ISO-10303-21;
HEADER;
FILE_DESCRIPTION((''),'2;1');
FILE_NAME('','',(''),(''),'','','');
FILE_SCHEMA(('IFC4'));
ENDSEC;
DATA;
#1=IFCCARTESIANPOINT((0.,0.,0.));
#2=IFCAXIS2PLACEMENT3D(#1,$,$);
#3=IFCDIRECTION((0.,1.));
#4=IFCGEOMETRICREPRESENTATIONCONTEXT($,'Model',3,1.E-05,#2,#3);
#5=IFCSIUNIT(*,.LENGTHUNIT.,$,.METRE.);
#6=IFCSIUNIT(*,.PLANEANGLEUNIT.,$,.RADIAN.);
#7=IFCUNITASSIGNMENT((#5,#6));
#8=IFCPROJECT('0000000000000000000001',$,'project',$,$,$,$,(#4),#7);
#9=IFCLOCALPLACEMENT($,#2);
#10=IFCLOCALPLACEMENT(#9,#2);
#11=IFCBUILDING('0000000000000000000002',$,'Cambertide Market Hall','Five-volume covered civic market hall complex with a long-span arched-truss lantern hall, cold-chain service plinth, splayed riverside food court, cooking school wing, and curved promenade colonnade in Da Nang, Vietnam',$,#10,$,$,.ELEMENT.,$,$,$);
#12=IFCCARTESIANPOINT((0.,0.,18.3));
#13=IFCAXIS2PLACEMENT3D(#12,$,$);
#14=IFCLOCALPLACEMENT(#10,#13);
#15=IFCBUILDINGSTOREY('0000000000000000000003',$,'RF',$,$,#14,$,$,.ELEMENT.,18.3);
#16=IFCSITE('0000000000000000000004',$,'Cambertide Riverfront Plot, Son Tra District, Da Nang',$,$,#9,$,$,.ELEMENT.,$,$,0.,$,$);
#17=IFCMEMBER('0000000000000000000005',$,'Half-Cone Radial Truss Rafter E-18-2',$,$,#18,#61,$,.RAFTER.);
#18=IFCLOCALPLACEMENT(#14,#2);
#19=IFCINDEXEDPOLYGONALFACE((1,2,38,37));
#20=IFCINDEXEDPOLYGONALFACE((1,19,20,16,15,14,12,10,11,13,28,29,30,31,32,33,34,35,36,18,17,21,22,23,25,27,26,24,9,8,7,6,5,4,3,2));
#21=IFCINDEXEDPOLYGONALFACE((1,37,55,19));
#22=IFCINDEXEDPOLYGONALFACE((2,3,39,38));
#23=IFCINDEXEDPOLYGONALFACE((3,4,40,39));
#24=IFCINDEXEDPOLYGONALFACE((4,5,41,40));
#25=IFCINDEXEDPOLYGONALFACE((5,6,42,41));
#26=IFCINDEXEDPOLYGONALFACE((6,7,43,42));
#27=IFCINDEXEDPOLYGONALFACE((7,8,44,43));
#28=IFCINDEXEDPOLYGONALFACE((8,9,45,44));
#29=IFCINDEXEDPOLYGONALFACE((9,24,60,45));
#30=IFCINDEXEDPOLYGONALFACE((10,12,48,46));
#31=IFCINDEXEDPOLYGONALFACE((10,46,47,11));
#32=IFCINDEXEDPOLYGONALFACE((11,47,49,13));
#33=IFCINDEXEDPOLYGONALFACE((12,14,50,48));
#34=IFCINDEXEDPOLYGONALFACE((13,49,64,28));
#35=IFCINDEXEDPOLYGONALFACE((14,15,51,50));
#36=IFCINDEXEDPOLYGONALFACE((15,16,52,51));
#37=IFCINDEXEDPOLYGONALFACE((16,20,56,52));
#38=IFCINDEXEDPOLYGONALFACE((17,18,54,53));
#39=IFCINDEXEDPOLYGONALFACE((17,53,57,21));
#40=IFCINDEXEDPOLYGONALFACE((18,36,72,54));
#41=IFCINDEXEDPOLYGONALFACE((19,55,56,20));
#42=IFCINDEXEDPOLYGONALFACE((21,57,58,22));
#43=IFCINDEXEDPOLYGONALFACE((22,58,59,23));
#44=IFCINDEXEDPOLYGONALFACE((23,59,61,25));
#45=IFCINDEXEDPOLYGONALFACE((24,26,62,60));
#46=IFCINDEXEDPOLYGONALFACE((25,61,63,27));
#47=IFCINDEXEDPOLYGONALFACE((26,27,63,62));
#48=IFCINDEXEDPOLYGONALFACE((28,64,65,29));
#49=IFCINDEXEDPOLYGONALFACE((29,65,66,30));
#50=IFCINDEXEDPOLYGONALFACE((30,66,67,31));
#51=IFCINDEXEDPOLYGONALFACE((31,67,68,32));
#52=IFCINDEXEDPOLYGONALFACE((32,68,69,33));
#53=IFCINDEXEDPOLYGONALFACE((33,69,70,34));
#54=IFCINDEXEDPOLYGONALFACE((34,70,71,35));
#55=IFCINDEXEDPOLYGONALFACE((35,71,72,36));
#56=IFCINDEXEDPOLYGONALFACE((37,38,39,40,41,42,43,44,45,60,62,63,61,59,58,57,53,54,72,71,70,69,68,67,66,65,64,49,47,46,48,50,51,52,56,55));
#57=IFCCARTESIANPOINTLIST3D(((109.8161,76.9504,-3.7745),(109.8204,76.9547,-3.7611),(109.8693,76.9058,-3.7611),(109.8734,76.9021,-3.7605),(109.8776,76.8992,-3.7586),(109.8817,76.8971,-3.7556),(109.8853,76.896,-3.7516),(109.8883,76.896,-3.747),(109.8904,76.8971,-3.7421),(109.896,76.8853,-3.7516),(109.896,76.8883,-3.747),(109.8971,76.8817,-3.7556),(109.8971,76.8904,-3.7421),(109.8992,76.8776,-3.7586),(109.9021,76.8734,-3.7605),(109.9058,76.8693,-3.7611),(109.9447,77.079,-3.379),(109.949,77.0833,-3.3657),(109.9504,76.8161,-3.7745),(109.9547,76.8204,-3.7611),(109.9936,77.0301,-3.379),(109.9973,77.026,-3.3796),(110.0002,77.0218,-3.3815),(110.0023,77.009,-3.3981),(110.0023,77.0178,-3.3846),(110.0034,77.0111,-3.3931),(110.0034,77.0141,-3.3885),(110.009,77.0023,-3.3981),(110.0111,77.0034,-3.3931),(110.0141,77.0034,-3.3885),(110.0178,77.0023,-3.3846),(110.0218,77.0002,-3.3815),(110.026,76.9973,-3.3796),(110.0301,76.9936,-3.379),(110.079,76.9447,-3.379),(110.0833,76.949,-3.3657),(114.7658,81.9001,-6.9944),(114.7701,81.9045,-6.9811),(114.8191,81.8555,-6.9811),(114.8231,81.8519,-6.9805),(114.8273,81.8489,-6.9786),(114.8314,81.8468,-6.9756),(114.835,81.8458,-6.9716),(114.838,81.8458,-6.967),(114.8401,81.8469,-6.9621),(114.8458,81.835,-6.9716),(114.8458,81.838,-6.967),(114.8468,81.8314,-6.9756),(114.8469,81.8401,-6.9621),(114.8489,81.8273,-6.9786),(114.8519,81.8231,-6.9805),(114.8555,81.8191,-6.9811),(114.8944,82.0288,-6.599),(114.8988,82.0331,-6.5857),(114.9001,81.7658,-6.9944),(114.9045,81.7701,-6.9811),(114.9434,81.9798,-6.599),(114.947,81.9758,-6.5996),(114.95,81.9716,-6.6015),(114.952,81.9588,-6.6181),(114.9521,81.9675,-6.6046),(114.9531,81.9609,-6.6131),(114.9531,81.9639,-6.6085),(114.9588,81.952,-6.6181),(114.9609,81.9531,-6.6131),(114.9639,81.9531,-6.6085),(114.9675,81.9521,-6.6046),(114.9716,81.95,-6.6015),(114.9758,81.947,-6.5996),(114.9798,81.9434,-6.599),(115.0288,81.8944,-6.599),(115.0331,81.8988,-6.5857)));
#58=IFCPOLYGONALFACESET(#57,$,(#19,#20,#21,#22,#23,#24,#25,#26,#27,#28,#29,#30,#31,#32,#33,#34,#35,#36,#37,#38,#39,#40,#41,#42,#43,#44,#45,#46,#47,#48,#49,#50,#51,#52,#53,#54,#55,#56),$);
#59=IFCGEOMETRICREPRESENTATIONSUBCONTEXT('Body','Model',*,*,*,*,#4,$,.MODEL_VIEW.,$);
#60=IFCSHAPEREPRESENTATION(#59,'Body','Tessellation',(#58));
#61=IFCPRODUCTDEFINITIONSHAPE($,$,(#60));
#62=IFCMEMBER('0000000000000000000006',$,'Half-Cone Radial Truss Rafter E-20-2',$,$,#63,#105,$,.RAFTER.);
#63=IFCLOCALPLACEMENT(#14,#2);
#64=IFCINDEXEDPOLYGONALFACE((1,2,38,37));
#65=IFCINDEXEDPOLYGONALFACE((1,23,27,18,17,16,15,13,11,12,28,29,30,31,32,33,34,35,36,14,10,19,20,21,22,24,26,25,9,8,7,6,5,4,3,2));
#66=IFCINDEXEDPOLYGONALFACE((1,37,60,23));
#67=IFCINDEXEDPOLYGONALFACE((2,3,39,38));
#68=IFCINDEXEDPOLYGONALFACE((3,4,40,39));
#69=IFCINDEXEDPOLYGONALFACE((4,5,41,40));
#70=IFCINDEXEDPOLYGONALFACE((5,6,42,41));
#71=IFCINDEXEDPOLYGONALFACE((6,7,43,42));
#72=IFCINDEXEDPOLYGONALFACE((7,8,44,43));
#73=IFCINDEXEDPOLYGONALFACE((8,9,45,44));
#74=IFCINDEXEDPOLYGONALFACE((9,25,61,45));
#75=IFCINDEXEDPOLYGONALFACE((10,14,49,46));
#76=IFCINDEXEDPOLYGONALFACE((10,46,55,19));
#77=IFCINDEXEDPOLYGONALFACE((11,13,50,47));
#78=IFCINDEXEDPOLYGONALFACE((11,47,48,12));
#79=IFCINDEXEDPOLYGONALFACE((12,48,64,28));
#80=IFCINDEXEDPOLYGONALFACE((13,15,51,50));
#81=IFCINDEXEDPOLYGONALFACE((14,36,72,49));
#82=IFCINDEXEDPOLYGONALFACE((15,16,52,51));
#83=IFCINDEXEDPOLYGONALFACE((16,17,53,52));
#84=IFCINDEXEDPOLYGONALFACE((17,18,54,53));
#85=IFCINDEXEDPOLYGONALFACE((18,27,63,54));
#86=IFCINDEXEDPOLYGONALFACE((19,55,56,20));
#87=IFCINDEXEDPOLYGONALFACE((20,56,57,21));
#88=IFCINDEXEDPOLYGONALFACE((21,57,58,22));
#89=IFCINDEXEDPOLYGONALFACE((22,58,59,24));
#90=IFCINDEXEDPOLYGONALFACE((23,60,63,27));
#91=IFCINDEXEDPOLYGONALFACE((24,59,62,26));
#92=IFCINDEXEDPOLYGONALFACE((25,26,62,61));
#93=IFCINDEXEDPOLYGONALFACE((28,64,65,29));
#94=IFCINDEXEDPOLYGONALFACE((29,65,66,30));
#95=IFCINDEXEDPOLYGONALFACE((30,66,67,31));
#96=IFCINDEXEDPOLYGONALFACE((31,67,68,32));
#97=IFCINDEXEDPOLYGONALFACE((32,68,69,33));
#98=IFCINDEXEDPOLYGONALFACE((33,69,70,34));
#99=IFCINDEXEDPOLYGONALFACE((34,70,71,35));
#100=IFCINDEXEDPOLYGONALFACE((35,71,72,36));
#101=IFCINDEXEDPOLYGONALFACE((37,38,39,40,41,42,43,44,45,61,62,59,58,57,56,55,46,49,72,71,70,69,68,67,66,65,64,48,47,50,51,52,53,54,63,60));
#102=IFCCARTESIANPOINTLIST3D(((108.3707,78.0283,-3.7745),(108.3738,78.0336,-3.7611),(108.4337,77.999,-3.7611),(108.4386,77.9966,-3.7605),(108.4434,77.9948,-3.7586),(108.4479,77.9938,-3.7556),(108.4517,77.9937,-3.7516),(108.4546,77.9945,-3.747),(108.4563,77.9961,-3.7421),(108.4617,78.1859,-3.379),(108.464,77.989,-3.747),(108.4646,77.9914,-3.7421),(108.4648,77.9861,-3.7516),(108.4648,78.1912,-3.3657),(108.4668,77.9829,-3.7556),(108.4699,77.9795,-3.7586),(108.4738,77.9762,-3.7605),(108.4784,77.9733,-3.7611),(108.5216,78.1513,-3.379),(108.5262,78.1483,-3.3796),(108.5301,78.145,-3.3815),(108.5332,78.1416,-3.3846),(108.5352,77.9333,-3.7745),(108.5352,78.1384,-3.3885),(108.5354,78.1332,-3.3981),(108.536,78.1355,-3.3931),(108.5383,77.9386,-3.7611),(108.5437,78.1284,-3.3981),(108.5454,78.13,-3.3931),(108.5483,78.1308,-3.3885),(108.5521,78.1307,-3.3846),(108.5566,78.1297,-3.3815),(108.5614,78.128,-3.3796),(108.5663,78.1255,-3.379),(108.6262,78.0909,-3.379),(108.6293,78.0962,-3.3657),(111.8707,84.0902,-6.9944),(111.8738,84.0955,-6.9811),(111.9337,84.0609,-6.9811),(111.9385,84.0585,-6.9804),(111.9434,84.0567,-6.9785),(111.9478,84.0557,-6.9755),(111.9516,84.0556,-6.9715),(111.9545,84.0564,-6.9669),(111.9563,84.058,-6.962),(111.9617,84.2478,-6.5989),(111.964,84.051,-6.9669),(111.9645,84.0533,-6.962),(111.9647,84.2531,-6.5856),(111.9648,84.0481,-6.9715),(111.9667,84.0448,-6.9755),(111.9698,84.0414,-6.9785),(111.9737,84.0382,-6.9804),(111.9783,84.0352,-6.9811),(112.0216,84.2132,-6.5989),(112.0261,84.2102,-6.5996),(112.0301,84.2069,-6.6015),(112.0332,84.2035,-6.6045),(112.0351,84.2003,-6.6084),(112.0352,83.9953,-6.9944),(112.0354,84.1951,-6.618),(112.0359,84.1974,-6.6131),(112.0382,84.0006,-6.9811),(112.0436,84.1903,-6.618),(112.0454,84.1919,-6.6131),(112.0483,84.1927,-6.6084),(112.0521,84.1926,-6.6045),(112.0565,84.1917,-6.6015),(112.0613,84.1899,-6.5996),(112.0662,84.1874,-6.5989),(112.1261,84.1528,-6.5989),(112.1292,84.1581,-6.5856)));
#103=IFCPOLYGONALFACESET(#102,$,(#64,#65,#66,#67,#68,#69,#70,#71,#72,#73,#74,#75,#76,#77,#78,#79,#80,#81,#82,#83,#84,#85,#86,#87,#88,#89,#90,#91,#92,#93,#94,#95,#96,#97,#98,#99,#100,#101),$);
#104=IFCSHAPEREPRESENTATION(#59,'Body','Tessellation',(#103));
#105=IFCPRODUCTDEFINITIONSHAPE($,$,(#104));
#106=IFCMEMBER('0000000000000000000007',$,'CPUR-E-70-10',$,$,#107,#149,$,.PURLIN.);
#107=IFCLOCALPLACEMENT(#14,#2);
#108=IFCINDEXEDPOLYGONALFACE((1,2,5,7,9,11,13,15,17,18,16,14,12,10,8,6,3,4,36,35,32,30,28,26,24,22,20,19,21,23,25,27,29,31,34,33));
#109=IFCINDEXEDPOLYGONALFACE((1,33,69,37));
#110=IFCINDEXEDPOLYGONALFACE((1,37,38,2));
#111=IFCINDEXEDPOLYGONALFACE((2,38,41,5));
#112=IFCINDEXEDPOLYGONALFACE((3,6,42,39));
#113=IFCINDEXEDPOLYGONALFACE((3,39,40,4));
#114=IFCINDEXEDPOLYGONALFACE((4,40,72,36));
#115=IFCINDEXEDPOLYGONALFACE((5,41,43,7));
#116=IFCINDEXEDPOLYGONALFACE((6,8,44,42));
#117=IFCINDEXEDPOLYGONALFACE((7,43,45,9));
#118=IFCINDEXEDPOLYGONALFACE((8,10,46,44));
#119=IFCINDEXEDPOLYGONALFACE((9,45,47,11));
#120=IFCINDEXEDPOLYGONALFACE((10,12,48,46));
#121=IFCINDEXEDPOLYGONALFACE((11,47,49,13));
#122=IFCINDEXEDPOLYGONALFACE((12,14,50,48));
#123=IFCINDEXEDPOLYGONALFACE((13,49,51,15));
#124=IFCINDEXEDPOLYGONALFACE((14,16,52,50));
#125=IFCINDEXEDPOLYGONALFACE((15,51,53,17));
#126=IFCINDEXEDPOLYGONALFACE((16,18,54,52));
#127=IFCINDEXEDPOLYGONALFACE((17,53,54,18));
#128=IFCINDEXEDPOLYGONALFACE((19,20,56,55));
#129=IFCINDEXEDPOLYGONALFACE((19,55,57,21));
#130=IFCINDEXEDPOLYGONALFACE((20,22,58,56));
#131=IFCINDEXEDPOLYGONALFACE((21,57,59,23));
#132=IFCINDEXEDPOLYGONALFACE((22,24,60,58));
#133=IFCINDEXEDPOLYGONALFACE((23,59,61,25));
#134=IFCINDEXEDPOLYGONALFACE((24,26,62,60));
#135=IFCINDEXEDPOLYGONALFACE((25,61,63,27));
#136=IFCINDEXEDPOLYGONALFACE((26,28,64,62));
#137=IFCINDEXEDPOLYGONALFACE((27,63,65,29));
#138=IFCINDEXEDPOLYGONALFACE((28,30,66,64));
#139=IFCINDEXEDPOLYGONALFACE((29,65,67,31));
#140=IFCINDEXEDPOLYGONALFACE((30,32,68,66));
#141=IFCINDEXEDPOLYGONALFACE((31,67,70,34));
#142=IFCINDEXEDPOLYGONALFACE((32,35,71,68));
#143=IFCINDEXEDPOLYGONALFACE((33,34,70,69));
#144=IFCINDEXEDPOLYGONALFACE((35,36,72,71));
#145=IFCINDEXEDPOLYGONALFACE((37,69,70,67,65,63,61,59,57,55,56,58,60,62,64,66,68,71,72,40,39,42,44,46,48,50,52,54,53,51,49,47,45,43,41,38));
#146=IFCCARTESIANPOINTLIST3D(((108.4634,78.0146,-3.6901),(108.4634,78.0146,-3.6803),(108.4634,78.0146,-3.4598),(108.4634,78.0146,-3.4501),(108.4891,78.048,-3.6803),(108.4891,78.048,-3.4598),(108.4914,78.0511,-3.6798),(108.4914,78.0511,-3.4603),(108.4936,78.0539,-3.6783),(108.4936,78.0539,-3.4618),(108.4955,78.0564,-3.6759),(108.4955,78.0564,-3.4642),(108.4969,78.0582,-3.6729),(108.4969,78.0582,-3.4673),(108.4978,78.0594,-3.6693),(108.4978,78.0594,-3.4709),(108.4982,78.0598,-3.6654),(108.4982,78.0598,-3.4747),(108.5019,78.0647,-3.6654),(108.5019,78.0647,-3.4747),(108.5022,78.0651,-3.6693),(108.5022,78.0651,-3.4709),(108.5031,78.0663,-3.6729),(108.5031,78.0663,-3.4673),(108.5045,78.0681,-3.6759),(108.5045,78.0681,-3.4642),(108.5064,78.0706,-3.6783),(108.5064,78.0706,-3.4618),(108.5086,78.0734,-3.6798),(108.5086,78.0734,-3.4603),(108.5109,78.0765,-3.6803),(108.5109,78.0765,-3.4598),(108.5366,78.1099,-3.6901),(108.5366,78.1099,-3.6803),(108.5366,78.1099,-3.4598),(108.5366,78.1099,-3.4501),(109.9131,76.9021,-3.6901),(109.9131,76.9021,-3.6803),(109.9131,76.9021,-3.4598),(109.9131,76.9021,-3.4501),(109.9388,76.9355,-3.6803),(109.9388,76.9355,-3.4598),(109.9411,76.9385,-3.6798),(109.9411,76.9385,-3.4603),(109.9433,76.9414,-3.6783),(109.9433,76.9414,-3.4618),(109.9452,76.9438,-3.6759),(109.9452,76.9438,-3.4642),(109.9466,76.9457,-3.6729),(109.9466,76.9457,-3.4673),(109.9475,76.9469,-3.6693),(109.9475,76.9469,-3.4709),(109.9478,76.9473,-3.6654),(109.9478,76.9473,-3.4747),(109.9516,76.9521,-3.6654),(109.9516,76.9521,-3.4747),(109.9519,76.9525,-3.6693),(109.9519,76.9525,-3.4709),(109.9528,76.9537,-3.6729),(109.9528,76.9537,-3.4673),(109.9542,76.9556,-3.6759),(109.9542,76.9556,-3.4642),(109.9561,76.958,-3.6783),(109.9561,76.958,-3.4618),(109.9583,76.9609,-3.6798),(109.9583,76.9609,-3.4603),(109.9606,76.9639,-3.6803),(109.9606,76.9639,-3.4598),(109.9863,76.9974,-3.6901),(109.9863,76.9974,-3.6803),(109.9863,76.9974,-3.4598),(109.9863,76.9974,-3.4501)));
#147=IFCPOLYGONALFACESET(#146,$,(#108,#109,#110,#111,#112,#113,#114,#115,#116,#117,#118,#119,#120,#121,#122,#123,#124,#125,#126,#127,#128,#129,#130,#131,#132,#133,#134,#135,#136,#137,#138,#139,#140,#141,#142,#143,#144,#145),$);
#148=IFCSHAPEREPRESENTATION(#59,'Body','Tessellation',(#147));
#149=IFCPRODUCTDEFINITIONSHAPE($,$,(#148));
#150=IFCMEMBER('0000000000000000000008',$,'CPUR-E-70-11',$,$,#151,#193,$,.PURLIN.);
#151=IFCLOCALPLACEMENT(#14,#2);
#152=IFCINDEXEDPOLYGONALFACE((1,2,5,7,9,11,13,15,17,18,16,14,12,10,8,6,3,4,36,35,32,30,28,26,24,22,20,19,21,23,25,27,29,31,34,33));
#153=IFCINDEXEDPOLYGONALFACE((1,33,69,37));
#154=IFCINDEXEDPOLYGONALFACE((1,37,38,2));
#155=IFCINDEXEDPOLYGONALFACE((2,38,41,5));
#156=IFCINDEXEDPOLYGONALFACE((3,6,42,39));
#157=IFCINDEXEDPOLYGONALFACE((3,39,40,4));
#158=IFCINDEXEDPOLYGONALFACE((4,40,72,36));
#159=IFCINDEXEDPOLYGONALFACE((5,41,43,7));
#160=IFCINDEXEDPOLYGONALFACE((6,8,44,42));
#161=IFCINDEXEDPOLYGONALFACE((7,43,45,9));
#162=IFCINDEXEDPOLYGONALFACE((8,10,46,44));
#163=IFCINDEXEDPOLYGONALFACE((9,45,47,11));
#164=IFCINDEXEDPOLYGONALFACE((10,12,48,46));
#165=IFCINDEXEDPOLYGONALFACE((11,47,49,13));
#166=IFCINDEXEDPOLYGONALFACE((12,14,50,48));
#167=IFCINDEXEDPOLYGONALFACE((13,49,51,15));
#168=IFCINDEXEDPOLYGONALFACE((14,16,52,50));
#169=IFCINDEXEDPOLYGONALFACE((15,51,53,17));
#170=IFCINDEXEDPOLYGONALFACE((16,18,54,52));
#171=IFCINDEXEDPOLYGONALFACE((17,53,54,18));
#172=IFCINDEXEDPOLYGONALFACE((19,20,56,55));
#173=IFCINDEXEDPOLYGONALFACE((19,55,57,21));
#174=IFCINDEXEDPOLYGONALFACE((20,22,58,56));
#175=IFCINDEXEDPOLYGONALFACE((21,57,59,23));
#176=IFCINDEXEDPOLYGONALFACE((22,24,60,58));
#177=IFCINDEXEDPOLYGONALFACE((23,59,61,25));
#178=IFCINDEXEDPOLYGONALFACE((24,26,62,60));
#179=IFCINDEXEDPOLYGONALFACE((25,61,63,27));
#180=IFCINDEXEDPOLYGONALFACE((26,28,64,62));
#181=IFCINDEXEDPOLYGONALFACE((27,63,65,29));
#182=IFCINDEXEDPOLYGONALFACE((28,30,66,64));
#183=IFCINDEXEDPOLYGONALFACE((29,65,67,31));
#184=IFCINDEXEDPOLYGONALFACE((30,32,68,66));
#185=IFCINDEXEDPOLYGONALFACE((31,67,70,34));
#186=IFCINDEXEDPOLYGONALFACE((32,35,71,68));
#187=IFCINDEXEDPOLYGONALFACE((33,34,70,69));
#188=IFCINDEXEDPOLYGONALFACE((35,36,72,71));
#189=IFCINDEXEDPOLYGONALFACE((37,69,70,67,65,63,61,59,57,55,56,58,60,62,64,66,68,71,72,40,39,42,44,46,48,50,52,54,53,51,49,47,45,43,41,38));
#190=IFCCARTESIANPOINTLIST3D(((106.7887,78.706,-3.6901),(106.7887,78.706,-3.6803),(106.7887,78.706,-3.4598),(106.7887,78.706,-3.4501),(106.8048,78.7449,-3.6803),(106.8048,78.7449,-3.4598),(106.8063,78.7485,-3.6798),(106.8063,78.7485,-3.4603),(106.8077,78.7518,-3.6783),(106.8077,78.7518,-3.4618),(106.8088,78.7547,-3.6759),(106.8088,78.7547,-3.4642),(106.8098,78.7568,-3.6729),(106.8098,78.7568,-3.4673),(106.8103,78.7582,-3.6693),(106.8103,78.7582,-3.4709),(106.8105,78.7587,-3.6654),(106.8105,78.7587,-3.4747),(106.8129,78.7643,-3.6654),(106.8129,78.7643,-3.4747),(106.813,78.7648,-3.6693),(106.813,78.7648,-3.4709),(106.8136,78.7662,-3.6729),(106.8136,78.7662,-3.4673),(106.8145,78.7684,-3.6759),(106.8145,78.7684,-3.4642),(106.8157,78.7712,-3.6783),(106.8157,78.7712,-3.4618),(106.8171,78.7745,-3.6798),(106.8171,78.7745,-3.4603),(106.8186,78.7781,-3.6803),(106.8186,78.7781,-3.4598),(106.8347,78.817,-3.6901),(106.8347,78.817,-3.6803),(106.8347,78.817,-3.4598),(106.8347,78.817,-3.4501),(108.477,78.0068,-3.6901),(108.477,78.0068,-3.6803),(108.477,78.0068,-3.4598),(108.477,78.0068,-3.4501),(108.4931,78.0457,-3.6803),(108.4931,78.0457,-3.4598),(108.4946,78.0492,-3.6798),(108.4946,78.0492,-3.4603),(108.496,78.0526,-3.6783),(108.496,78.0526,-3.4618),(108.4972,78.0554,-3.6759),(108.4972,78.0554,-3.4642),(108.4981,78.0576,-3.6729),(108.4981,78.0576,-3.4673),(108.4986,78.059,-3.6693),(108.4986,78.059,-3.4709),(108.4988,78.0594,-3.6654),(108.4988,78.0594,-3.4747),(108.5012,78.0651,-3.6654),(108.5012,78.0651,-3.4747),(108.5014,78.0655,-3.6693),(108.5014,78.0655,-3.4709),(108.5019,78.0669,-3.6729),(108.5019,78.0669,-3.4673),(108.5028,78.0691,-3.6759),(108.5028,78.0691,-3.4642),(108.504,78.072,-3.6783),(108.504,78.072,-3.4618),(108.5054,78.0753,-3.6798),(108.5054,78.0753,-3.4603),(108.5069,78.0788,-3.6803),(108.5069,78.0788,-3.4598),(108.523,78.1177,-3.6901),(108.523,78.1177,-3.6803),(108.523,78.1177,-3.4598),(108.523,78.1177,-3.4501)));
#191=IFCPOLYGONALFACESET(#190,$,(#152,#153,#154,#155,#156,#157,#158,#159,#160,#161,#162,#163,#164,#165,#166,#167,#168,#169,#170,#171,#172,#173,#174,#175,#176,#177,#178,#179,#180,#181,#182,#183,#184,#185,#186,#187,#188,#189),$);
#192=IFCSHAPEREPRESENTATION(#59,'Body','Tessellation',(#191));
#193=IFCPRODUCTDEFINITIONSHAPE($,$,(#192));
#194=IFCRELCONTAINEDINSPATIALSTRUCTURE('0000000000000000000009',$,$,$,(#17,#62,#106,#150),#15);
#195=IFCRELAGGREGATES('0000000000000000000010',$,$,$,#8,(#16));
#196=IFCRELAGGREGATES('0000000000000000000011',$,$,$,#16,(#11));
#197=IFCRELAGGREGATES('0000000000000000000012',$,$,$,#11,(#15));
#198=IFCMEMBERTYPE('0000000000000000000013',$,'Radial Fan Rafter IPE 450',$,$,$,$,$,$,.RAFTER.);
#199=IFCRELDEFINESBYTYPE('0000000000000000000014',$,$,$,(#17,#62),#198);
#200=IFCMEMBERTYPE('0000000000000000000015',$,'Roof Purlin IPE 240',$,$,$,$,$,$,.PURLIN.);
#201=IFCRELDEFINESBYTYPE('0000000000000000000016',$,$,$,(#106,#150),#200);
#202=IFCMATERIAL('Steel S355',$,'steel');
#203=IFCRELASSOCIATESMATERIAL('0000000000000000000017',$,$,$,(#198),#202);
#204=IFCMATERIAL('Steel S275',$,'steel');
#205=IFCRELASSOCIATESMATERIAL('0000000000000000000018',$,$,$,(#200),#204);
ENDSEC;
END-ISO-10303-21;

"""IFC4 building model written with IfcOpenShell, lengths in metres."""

from ifc_helpers import new_model, si_unit, direction, frame, origin, origin_2d, place, context, subcontext, project, spatial, i_section, extrude, material, material_profile, profile_set, type_object, element, save


model = new_model("IFC4")

# Units and contexts
model_context = context("Model", 3, precision=1e-05, world=origin(), true_north=direction((0.0, 1.0)))
body_context = subcontext(model_context, "Body", "Model", "MODEL_VIEW")
ifc_project = project(units=[si_unit("LENGTHUNIT", "METRE"), si_unit("PLANEANGLEUNIT", "RADIAN")], contexts=[model_context])

# Site, building, storey
site_placement = place(None, origin())
site = spatial("IfcSite", under=ifc_project, at=site_placement, Name="Cambertide Riverfront Plot, Son Tra District, Da Nang", CompositionType="ELEMENT", RefElevation=0.0)
building_placement = place(site_placement, origin())
building = spatial("IfcBuilding", under=site, at=building_placement, Name="Cambertide Market Hall", Description="Five-volume covered civic market hall complex with a long-span arched-truss lantern hall, cold-chain service plinth, splayed riverside food court, cooking school wing, and curved promenade colonnade in Da Nang, Vietnam", CompositionType="ELEMENT")
storey_placement = place(building_placement, frame((0.0, 0.0, 18.3)))
storey = spatial("IfcBuildingStorey", under=building, at=storey_placement, Name="RF", CompositionType="ELEMENT", Elevation=18.3)

# Members
ifc_material_1 = material(Name="Steel S355", Category="steel")
ifc_material_profile_1 = material_profile(ifc_material_1, i_section(OverallWidth=0.1899, OverallDepth=0.45, WebThickness=0.0095, FlangeThickness=0.0146, FilletRadius=0.021, at=origin_2d()), Name="IPE 450")
ifc_profile_set_1 = profile_set([ifc_material_profile_1], Name="Steel S355")
member_type_1 = type_object("IfcMemberType", Name="Radial Fan Rafter IPE 450", PredefinedType="RAFTER", material=ifc_profile_set_1)
member_1_placement = place(storey_placement, frame((109.9497, 76.9497, -3.5701), z_axis=(0.6424, 0.6424, -0.417905), x_axis=(-0.707107, 0.707107, 0.0)))
element("IfcMember", 1, at=member_1_placement, inside=storey, type_object=member_type_1, Name="Half-Cone Radial Truss Rafter E-18-2", PredefinedType="RAFTER", context=body_context, shape_type="SweptSolid", body=[
    extrude(i_section(OverallWidth=0.1899, OverallDepth=0.45, WebThickness=0.0095, FlangeThickness=0.0146, FilletRadius=0.021, at=origin_2d()), origin(), (0.0, 0.0, 1.0), 7.7051),
])
member_2_placement = place(storey_placement, frame((108.5, 78.0623, -3.5701), z_axis=(0.454254, 0.786769, -0.41791), x_axis=(-0.866019, 0.50001, 0.0)))
element("IfcMember", 2, at=member_2_placement, inside=storey, type_object=member_type_1, Name="Half-Cone Radial Truss Rafter E-20-2", PredefinedType="RAFTER", context=body_context, shape_type="SweptSolid", body=[
    extrude(i_section(OverallWidth=0.1899, OverallDepth=0.45, WebThickness=0.0095, FlangeThickness=0.0146, FilletRadius=0.021, at=origin_2d()), origin(), (0.0, 0.0, 1.0), 7.7048),
])
ifc_material_2 = material(Name="Steel S275", Category="steel")
ifc_material_profile_2 = material_profile(ifc_material_2, i_section(OverallWidth=0.1201, OverallDepth=0.24, WebThickness=0.0061, FlangeThickness=0.0098, FilletRadius=0.0149, at=origin_2d()), Name="IPE 240")
ifc_profile_set_2 = profile_set([ifc_material_profile_2], Name="Steel S275")
member_type_2 = type_object("IfcMemberType", Name="Roof Purlin IPE 240", PredefinedType="PURLIN", material=ifc_profile_set_2)
for number, where, z_axis, x_axis, name in (
    (3, (109.9497, 76.9497, -3.5701), (-0.793314, 0.608813, 0.0), (-0.608813, -0.793314, 0.0), "CPUR-E-70-10"),
    (4, (108.5, 78.0623, -3.5701), (-0.923893, 0.382651, 0.0), (-0.382651, -0.923893, 0.0), "CPUR-E-70-11"),
):
    element("IfcMember", number, at=place(storey_placement, frame(where, z_axis=z_axis, x_axis=x_axis)), inside=storey, type_object=member_type_2, Name=name, PredefinedType="PURLIN", context=body_context, shape_type="SweptSolid", body=[
        extrude(i_section(OverallWidth=0.1201, OverallDepth=0.24, WebThickness=0.0061, FlangeThickness=0.0098, FilletRadius=0.0149, at=origin_2d()), origin(), (0.0, 0.0, 1.0), 1.8274),
    ])

save(model, "model.ifc")
